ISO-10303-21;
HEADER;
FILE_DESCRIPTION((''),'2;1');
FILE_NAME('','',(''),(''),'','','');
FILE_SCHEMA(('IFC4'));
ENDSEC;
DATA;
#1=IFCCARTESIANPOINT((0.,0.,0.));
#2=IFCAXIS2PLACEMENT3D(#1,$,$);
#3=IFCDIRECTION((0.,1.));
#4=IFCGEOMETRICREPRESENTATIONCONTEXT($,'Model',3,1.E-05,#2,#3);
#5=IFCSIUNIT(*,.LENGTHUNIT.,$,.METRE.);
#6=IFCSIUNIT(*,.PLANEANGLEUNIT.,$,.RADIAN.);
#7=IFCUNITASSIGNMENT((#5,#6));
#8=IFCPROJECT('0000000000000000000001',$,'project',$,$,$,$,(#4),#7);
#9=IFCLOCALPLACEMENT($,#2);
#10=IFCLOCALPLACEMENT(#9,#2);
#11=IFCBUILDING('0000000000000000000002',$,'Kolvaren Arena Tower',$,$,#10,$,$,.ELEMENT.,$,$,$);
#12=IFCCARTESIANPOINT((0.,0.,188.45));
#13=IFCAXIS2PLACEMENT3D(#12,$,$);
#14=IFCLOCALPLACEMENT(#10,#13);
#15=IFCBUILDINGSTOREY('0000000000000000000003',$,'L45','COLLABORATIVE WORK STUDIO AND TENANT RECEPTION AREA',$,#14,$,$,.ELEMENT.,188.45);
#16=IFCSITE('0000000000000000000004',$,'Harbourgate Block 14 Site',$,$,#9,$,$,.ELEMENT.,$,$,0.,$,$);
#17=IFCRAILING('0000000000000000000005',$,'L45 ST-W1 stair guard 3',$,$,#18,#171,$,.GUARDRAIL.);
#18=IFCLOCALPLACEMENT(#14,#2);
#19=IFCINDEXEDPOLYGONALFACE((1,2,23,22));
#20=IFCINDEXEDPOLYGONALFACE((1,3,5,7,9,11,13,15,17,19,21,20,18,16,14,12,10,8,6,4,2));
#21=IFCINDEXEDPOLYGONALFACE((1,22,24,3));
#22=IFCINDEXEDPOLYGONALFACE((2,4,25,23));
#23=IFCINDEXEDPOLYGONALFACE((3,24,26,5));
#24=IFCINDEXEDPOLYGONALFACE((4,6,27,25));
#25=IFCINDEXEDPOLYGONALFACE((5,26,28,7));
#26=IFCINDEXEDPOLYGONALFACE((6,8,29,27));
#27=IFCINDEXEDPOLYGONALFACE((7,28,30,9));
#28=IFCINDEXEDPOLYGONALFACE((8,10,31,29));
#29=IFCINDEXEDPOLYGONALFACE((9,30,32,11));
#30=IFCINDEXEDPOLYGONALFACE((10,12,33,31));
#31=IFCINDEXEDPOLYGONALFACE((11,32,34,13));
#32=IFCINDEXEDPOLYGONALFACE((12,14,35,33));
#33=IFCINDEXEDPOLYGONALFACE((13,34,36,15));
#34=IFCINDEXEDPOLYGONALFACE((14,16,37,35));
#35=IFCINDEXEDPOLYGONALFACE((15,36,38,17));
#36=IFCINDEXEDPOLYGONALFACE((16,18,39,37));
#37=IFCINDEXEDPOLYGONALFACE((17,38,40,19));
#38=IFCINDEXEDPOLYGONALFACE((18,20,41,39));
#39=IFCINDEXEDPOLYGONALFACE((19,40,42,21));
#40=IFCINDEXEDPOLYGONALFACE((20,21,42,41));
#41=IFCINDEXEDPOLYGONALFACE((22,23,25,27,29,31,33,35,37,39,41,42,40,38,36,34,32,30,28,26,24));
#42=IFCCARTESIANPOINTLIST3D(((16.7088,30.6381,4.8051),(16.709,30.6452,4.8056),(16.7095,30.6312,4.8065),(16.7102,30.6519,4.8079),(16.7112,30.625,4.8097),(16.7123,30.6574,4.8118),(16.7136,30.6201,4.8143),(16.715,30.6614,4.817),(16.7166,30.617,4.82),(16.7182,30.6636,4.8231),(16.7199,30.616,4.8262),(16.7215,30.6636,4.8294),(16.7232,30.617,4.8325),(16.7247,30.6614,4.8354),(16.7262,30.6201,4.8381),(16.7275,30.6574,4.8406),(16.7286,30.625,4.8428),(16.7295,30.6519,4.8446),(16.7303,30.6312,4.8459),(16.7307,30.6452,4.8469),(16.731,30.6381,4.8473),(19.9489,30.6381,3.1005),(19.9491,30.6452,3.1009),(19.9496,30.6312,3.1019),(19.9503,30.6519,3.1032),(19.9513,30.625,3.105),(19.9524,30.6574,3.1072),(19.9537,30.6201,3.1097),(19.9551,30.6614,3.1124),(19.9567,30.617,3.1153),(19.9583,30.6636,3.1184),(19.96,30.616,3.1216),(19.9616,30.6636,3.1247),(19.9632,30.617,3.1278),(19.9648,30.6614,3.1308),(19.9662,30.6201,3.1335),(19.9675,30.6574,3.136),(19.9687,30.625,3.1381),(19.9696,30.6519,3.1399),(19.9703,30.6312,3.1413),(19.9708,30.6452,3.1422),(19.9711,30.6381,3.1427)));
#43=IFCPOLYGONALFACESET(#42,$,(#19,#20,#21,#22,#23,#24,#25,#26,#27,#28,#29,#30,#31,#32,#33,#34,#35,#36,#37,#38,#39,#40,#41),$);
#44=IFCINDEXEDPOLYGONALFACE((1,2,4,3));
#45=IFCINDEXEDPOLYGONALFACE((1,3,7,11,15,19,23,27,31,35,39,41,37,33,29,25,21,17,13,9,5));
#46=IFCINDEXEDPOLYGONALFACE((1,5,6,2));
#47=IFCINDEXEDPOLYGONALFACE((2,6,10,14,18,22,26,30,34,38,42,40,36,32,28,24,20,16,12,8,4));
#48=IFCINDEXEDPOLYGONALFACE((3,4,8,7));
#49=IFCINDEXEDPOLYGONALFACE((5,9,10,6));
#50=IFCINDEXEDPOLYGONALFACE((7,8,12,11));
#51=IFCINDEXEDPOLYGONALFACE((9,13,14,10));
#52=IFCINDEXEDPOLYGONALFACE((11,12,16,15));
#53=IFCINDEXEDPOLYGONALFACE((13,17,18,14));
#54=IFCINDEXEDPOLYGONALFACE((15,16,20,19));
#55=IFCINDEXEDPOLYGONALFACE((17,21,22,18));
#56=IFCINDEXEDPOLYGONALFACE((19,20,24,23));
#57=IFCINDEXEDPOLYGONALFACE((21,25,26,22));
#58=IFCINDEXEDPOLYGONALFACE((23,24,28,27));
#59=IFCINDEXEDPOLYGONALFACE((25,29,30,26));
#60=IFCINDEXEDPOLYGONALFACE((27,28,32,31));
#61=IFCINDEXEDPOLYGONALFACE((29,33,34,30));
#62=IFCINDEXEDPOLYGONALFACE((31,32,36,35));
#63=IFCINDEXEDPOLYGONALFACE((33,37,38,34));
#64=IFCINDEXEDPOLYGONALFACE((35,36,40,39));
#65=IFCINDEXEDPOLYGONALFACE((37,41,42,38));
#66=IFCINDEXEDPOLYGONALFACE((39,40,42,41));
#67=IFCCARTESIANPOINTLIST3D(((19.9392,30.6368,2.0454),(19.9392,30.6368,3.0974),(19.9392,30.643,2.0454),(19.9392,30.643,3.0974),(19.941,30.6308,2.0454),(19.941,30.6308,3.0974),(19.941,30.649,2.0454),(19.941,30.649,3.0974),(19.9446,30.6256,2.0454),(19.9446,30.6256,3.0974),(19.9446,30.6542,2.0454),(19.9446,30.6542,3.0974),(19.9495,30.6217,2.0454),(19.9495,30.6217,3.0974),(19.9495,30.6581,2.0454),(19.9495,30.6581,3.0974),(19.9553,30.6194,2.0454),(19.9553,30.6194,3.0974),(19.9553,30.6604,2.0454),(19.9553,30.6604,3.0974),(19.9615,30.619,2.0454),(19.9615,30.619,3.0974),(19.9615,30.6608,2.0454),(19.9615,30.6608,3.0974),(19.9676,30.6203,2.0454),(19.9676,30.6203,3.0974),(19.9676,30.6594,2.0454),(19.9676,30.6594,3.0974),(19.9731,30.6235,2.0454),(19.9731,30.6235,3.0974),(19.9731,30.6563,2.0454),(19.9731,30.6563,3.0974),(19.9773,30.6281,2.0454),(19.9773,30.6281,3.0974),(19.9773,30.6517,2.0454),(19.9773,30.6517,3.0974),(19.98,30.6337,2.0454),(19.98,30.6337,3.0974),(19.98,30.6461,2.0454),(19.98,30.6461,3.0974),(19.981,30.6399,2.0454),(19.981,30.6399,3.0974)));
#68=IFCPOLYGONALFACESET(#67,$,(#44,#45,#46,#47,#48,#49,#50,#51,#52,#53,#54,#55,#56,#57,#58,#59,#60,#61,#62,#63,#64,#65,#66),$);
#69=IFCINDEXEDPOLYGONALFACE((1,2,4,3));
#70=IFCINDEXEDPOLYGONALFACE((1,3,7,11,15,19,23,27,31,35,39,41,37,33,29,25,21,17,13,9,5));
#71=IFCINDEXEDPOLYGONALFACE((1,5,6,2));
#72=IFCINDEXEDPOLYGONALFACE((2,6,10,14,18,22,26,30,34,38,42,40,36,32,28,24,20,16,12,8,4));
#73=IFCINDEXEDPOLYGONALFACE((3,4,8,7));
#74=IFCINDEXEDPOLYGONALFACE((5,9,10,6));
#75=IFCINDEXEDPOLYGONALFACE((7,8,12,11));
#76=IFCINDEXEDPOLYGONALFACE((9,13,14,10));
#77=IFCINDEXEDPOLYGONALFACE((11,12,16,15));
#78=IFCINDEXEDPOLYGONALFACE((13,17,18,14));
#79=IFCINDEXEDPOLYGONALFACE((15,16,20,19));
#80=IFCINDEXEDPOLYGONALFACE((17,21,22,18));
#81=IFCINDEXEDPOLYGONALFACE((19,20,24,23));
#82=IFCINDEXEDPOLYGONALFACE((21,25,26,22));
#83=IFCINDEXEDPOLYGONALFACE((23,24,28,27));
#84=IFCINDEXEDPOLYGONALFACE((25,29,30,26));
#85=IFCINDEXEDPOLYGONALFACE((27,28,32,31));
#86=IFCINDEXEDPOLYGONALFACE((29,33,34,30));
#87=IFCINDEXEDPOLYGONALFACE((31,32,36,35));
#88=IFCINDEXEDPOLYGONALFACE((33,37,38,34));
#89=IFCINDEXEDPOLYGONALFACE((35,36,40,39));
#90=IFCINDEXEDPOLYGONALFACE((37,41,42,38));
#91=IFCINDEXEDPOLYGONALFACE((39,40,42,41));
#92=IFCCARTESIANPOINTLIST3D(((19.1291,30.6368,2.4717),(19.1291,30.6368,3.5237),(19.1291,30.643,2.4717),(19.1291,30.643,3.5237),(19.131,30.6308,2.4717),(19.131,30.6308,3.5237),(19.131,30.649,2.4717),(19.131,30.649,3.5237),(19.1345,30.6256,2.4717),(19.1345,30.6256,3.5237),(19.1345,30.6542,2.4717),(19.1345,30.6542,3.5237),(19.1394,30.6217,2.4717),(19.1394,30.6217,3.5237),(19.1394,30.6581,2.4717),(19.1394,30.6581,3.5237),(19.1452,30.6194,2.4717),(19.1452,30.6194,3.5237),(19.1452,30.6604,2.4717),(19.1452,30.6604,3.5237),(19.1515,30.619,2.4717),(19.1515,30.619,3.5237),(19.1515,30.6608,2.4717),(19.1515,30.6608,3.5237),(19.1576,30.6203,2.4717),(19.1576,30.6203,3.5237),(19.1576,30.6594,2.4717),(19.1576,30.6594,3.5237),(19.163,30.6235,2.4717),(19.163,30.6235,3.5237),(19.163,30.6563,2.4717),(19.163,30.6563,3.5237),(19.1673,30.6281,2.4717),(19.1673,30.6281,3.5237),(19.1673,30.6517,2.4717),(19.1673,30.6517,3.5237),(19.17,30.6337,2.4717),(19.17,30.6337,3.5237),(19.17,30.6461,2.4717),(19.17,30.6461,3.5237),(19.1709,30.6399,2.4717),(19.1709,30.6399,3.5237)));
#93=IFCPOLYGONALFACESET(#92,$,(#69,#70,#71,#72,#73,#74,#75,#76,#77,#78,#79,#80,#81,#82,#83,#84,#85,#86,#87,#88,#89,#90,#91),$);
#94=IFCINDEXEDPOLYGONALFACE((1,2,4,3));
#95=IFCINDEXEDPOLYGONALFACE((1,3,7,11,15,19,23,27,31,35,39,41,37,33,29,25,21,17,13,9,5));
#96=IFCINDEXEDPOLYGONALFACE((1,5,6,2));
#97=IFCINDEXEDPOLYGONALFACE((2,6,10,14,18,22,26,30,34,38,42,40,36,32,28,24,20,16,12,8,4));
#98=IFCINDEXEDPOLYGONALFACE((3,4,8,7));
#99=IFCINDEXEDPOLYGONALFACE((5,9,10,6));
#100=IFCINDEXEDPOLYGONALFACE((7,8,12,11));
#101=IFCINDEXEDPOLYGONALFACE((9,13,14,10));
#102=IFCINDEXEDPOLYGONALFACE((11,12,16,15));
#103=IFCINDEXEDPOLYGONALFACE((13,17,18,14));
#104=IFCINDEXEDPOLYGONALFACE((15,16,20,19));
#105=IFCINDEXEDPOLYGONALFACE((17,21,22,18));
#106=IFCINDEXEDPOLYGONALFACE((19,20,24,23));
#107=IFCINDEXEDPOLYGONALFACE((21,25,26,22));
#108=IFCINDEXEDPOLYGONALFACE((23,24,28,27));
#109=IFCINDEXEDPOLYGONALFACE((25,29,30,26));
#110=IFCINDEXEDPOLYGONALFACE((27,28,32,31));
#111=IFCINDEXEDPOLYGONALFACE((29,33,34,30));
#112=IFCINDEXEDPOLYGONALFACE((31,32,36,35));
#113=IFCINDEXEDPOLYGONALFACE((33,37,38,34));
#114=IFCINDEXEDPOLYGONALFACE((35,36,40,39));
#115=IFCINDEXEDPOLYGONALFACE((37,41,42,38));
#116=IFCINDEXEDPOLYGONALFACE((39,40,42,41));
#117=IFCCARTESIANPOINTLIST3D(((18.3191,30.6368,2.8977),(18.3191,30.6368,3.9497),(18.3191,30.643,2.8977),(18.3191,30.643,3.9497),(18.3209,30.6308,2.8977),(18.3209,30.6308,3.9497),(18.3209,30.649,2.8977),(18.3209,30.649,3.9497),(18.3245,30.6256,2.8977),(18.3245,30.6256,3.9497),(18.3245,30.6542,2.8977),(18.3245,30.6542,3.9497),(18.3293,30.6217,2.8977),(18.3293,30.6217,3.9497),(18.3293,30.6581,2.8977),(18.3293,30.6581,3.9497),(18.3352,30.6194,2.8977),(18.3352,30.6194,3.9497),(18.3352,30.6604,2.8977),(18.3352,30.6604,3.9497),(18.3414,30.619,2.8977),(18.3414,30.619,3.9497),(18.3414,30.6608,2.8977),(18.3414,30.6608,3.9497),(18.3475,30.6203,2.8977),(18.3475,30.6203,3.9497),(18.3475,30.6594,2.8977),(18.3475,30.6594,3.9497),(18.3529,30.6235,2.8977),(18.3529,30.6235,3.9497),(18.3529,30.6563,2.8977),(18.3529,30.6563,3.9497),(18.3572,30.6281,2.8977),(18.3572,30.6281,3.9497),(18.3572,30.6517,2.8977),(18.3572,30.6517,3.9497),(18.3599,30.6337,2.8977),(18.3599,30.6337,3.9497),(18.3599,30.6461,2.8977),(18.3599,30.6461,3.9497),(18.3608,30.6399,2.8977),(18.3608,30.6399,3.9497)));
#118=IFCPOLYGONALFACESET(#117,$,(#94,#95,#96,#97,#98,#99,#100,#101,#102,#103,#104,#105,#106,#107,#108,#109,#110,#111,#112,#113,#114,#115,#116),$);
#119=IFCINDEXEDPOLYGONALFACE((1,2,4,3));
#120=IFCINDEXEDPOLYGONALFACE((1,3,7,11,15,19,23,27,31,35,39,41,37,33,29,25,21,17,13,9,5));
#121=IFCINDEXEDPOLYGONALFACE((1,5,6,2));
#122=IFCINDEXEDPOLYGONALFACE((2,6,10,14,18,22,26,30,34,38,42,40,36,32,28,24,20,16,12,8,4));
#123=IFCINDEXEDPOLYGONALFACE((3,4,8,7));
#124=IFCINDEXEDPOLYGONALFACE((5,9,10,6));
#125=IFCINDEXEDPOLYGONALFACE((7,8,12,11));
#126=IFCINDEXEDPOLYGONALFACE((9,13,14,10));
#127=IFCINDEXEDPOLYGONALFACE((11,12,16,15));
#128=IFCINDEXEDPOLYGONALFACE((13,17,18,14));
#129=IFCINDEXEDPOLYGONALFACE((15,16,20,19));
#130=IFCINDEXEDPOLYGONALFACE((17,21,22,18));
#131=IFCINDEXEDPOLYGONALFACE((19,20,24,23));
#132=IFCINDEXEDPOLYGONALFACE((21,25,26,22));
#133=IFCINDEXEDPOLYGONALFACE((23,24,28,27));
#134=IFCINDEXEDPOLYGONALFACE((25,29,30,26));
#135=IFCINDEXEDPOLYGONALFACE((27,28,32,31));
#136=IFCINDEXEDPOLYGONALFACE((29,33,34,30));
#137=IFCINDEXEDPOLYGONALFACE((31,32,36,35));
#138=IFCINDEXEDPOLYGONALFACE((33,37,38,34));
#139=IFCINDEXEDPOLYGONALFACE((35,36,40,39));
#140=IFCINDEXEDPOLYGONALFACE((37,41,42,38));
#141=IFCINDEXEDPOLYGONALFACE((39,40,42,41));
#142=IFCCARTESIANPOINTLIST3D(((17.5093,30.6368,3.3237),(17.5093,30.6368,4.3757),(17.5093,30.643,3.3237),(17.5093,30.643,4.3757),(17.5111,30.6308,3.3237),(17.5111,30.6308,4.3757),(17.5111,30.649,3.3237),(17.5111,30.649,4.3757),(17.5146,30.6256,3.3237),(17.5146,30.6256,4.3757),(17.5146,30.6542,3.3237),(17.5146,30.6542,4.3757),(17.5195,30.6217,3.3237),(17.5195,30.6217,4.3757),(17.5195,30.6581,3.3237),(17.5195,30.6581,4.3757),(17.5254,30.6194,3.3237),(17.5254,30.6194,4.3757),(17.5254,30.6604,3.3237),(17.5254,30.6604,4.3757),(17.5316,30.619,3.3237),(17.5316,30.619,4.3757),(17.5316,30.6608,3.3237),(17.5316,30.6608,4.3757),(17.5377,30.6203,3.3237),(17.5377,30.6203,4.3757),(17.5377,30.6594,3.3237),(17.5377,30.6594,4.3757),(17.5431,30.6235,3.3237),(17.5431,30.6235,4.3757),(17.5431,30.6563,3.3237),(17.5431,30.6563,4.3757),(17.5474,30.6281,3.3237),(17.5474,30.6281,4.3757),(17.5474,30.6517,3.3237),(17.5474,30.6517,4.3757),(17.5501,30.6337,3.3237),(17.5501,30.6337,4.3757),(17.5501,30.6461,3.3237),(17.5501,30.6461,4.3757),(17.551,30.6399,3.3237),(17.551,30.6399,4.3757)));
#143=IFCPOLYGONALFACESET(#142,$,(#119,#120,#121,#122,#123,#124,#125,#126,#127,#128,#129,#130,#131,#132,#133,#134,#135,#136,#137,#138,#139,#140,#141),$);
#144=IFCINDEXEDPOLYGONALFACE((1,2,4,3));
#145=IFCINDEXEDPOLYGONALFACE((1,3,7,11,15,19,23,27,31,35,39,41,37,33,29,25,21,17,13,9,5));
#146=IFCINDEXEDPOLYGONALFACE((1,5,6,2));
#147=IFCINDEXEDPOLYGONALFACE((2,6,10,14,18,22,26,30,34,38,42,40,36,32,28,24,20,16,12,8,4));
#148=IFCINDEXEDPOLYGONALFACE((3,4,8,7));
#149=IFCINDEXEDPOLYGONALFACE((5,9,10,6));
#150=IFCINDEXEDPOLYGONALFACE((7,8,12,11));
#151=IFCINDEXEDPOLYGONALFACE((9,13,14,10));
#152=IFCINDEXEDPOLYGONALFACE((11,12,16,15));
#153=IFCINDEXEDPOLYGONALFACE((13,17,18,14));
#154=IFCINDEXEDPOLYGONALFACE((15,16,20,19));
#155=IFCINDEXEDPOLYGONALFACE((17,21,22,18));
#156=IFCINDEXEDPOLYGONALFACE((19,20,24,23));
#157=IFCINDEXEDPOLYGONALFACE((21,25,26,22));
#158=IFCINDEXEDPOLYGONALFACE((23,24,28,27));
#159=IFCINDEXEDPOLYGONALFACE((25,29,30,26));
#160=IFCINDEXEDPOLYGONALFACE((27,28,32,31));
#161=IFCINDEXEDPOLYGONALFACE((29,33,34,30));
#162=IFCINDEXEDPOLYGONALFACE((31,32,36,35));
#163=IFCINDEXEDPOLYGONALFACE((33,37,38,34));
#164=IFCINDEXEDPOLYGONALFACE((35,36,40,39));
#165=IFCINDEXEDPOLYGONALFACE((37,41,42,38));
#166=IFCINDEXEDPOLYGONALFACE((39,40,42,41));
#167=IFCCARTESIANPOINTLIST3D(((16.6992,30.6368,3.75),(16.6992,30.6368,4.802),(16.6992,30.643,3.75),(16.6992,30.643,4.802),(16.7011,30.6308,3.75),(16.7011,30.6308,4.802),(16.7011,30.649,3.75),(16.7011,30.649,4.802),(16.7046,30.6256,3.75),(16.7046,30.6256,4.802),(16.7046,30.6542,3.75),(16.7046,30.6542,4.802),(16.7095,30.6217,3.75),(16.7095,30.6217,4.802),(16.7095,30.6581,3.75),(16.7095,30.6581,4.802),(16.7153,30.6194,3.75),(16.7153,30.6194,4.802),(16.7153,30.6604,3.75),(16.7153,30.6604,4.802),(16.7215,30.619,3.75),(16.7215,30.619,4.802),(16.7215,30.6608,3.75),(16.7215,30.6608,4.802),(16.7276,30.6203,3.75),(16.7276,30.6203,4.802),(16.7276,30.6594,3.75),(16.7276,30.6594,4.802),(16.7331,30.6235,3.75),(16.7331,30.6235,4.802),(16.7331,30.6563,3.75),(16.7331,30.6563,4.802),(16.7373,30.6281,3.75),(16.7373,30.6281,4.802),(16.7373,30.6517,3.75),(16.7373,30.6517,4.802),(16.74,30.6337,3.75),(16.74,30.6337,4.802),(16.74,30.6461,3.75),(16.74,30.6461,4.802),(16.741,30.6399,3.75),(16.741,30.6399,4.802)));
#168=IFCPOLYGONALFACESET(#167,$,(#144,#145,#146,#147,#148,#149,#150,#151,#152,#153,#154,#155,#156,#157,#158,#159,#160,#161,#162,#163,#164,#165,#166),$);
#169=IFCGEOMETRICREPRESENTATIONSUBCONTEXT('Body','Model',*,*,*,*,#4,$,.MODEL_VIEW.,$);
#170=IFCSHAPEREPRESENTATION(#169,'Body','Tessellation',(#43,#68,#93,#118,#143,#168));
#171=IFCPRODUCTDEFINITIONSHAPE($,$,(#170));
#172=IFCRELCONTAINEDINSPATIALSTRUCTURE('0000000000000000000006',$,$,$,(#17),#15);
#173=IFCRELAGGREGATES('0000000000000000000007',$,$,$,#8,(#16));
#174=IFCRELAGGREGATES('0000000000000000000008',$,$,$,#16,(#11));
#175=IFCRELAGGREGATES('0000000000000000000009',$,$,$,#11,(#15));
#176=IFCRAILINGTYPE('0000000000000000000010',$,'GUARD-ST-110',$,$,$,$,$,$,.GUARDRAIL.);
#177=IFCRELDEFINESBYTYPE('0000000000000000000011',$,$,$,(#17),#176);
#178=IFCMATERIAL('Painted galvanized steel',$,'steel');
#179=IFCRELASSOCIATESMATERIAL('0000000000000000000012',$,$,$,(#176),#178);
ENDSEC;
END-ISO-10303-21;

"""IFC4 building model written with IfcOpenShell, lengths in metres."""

from ifc_helpers import new_model, si_unit, direction, frame, origin, origin_2d, place, context, subcontext, project, spatial, circle, extrude, material, type_object, element, save


model = new_model("IFC4")

# Units and contexts
model_context = context("Model", 3, precision=1e-05, world=origin(), true_north=direction((0.0, 1.0)))
body_context = subcontext(model_context, "Body", "Model", "MODEL_VIEW")
ifc_project = project(units=[si_unit("LENGTHUNIT", "METRE"), si_unit("PLANEANGLEUNIT", "RADIAN")], contexts=[model_context])

# Site, building, storey
site_placement = place(None, origin())
site = spatial("IfcSite", under=ifc_project, at=site_placement, Name="Harbourgate Block 14 Site", CompositionType="ELEMENT", RefElevation=0.0)
building_placement = place(site_placement, origin())
building = spatial("IfcBuilding", under=site, at=building_placement, Name="Kolvaren Arena Tower", CompositionType="ELEMENT")
storey_placement = place(building_placement, frame((0.0, 0.0, 188.45)))
storey = spatial("IfcBuildingStorey", under=building, at=storey_placement, Name="L45", Description="COLLABORATIVE WORK STUDIO AND TENANT RECEPTION AREA", CompositionType="ELEMENT", Elevation=188.45)

# Railing
ifc_material_1 = material(Name="Painted galvanized steel", Category="steel")
railing_type_1 = type_object("IfcRailingType", Name="GUARD-ST-110", PredefinedType="GUARDRAIL", material=ifc_material_1)
railing_1_placement = place(storey_placement, frame((19.96, 30.6399, 2.0454)))
element("IfcRailing", 1, at=railing_1_placement, inside=storey, type_object=railing_type_1, Name="L45 ST-W1 stair guard 3", PredefinedType="GUARDRAIL", context=body_context, shape_type="SweptSolid", body=[
    extrude(circle(Radius=0.0239, at=origin_2d()), frame((0.0, 0.0, 1.0762), z_axis=(-0.884993, 0.0, 0.465604), x_axis=(0.0, -1.0, 0.0)), (0.0, 0.0, 1.0), 3.6611),
    extrude(circle(Radius=0.021, at=origin_2d()), origin(), (0.0, 0.0, 1.0), 1.052),
    extrude(circle(Radius=0.021, at=origin_2d()), frame((-0.8101, 0.0, 0.4263)), (0.0, 0.0, 1.0), 1.052),
    extrude(circle(Radius=0.021, at=origin_2d()), frame((-1.6201, 0.0, 0.8523)), (0.0, 0.0, 1.0), 1.052),
    extrude(circle(Radius=0.021, at=origin_2d()), frame((-2.4299, 0.0, 1.2783)), (0.0, 0.0, 1.0), 1.052),
    extrude(circle(Radius=0.021, at=origin_2d()), frame((-3.24, 0.0, 1.7046)), (0.0, 0.0, 1.0), 1.052),
])

save(model, "model.ifc")
